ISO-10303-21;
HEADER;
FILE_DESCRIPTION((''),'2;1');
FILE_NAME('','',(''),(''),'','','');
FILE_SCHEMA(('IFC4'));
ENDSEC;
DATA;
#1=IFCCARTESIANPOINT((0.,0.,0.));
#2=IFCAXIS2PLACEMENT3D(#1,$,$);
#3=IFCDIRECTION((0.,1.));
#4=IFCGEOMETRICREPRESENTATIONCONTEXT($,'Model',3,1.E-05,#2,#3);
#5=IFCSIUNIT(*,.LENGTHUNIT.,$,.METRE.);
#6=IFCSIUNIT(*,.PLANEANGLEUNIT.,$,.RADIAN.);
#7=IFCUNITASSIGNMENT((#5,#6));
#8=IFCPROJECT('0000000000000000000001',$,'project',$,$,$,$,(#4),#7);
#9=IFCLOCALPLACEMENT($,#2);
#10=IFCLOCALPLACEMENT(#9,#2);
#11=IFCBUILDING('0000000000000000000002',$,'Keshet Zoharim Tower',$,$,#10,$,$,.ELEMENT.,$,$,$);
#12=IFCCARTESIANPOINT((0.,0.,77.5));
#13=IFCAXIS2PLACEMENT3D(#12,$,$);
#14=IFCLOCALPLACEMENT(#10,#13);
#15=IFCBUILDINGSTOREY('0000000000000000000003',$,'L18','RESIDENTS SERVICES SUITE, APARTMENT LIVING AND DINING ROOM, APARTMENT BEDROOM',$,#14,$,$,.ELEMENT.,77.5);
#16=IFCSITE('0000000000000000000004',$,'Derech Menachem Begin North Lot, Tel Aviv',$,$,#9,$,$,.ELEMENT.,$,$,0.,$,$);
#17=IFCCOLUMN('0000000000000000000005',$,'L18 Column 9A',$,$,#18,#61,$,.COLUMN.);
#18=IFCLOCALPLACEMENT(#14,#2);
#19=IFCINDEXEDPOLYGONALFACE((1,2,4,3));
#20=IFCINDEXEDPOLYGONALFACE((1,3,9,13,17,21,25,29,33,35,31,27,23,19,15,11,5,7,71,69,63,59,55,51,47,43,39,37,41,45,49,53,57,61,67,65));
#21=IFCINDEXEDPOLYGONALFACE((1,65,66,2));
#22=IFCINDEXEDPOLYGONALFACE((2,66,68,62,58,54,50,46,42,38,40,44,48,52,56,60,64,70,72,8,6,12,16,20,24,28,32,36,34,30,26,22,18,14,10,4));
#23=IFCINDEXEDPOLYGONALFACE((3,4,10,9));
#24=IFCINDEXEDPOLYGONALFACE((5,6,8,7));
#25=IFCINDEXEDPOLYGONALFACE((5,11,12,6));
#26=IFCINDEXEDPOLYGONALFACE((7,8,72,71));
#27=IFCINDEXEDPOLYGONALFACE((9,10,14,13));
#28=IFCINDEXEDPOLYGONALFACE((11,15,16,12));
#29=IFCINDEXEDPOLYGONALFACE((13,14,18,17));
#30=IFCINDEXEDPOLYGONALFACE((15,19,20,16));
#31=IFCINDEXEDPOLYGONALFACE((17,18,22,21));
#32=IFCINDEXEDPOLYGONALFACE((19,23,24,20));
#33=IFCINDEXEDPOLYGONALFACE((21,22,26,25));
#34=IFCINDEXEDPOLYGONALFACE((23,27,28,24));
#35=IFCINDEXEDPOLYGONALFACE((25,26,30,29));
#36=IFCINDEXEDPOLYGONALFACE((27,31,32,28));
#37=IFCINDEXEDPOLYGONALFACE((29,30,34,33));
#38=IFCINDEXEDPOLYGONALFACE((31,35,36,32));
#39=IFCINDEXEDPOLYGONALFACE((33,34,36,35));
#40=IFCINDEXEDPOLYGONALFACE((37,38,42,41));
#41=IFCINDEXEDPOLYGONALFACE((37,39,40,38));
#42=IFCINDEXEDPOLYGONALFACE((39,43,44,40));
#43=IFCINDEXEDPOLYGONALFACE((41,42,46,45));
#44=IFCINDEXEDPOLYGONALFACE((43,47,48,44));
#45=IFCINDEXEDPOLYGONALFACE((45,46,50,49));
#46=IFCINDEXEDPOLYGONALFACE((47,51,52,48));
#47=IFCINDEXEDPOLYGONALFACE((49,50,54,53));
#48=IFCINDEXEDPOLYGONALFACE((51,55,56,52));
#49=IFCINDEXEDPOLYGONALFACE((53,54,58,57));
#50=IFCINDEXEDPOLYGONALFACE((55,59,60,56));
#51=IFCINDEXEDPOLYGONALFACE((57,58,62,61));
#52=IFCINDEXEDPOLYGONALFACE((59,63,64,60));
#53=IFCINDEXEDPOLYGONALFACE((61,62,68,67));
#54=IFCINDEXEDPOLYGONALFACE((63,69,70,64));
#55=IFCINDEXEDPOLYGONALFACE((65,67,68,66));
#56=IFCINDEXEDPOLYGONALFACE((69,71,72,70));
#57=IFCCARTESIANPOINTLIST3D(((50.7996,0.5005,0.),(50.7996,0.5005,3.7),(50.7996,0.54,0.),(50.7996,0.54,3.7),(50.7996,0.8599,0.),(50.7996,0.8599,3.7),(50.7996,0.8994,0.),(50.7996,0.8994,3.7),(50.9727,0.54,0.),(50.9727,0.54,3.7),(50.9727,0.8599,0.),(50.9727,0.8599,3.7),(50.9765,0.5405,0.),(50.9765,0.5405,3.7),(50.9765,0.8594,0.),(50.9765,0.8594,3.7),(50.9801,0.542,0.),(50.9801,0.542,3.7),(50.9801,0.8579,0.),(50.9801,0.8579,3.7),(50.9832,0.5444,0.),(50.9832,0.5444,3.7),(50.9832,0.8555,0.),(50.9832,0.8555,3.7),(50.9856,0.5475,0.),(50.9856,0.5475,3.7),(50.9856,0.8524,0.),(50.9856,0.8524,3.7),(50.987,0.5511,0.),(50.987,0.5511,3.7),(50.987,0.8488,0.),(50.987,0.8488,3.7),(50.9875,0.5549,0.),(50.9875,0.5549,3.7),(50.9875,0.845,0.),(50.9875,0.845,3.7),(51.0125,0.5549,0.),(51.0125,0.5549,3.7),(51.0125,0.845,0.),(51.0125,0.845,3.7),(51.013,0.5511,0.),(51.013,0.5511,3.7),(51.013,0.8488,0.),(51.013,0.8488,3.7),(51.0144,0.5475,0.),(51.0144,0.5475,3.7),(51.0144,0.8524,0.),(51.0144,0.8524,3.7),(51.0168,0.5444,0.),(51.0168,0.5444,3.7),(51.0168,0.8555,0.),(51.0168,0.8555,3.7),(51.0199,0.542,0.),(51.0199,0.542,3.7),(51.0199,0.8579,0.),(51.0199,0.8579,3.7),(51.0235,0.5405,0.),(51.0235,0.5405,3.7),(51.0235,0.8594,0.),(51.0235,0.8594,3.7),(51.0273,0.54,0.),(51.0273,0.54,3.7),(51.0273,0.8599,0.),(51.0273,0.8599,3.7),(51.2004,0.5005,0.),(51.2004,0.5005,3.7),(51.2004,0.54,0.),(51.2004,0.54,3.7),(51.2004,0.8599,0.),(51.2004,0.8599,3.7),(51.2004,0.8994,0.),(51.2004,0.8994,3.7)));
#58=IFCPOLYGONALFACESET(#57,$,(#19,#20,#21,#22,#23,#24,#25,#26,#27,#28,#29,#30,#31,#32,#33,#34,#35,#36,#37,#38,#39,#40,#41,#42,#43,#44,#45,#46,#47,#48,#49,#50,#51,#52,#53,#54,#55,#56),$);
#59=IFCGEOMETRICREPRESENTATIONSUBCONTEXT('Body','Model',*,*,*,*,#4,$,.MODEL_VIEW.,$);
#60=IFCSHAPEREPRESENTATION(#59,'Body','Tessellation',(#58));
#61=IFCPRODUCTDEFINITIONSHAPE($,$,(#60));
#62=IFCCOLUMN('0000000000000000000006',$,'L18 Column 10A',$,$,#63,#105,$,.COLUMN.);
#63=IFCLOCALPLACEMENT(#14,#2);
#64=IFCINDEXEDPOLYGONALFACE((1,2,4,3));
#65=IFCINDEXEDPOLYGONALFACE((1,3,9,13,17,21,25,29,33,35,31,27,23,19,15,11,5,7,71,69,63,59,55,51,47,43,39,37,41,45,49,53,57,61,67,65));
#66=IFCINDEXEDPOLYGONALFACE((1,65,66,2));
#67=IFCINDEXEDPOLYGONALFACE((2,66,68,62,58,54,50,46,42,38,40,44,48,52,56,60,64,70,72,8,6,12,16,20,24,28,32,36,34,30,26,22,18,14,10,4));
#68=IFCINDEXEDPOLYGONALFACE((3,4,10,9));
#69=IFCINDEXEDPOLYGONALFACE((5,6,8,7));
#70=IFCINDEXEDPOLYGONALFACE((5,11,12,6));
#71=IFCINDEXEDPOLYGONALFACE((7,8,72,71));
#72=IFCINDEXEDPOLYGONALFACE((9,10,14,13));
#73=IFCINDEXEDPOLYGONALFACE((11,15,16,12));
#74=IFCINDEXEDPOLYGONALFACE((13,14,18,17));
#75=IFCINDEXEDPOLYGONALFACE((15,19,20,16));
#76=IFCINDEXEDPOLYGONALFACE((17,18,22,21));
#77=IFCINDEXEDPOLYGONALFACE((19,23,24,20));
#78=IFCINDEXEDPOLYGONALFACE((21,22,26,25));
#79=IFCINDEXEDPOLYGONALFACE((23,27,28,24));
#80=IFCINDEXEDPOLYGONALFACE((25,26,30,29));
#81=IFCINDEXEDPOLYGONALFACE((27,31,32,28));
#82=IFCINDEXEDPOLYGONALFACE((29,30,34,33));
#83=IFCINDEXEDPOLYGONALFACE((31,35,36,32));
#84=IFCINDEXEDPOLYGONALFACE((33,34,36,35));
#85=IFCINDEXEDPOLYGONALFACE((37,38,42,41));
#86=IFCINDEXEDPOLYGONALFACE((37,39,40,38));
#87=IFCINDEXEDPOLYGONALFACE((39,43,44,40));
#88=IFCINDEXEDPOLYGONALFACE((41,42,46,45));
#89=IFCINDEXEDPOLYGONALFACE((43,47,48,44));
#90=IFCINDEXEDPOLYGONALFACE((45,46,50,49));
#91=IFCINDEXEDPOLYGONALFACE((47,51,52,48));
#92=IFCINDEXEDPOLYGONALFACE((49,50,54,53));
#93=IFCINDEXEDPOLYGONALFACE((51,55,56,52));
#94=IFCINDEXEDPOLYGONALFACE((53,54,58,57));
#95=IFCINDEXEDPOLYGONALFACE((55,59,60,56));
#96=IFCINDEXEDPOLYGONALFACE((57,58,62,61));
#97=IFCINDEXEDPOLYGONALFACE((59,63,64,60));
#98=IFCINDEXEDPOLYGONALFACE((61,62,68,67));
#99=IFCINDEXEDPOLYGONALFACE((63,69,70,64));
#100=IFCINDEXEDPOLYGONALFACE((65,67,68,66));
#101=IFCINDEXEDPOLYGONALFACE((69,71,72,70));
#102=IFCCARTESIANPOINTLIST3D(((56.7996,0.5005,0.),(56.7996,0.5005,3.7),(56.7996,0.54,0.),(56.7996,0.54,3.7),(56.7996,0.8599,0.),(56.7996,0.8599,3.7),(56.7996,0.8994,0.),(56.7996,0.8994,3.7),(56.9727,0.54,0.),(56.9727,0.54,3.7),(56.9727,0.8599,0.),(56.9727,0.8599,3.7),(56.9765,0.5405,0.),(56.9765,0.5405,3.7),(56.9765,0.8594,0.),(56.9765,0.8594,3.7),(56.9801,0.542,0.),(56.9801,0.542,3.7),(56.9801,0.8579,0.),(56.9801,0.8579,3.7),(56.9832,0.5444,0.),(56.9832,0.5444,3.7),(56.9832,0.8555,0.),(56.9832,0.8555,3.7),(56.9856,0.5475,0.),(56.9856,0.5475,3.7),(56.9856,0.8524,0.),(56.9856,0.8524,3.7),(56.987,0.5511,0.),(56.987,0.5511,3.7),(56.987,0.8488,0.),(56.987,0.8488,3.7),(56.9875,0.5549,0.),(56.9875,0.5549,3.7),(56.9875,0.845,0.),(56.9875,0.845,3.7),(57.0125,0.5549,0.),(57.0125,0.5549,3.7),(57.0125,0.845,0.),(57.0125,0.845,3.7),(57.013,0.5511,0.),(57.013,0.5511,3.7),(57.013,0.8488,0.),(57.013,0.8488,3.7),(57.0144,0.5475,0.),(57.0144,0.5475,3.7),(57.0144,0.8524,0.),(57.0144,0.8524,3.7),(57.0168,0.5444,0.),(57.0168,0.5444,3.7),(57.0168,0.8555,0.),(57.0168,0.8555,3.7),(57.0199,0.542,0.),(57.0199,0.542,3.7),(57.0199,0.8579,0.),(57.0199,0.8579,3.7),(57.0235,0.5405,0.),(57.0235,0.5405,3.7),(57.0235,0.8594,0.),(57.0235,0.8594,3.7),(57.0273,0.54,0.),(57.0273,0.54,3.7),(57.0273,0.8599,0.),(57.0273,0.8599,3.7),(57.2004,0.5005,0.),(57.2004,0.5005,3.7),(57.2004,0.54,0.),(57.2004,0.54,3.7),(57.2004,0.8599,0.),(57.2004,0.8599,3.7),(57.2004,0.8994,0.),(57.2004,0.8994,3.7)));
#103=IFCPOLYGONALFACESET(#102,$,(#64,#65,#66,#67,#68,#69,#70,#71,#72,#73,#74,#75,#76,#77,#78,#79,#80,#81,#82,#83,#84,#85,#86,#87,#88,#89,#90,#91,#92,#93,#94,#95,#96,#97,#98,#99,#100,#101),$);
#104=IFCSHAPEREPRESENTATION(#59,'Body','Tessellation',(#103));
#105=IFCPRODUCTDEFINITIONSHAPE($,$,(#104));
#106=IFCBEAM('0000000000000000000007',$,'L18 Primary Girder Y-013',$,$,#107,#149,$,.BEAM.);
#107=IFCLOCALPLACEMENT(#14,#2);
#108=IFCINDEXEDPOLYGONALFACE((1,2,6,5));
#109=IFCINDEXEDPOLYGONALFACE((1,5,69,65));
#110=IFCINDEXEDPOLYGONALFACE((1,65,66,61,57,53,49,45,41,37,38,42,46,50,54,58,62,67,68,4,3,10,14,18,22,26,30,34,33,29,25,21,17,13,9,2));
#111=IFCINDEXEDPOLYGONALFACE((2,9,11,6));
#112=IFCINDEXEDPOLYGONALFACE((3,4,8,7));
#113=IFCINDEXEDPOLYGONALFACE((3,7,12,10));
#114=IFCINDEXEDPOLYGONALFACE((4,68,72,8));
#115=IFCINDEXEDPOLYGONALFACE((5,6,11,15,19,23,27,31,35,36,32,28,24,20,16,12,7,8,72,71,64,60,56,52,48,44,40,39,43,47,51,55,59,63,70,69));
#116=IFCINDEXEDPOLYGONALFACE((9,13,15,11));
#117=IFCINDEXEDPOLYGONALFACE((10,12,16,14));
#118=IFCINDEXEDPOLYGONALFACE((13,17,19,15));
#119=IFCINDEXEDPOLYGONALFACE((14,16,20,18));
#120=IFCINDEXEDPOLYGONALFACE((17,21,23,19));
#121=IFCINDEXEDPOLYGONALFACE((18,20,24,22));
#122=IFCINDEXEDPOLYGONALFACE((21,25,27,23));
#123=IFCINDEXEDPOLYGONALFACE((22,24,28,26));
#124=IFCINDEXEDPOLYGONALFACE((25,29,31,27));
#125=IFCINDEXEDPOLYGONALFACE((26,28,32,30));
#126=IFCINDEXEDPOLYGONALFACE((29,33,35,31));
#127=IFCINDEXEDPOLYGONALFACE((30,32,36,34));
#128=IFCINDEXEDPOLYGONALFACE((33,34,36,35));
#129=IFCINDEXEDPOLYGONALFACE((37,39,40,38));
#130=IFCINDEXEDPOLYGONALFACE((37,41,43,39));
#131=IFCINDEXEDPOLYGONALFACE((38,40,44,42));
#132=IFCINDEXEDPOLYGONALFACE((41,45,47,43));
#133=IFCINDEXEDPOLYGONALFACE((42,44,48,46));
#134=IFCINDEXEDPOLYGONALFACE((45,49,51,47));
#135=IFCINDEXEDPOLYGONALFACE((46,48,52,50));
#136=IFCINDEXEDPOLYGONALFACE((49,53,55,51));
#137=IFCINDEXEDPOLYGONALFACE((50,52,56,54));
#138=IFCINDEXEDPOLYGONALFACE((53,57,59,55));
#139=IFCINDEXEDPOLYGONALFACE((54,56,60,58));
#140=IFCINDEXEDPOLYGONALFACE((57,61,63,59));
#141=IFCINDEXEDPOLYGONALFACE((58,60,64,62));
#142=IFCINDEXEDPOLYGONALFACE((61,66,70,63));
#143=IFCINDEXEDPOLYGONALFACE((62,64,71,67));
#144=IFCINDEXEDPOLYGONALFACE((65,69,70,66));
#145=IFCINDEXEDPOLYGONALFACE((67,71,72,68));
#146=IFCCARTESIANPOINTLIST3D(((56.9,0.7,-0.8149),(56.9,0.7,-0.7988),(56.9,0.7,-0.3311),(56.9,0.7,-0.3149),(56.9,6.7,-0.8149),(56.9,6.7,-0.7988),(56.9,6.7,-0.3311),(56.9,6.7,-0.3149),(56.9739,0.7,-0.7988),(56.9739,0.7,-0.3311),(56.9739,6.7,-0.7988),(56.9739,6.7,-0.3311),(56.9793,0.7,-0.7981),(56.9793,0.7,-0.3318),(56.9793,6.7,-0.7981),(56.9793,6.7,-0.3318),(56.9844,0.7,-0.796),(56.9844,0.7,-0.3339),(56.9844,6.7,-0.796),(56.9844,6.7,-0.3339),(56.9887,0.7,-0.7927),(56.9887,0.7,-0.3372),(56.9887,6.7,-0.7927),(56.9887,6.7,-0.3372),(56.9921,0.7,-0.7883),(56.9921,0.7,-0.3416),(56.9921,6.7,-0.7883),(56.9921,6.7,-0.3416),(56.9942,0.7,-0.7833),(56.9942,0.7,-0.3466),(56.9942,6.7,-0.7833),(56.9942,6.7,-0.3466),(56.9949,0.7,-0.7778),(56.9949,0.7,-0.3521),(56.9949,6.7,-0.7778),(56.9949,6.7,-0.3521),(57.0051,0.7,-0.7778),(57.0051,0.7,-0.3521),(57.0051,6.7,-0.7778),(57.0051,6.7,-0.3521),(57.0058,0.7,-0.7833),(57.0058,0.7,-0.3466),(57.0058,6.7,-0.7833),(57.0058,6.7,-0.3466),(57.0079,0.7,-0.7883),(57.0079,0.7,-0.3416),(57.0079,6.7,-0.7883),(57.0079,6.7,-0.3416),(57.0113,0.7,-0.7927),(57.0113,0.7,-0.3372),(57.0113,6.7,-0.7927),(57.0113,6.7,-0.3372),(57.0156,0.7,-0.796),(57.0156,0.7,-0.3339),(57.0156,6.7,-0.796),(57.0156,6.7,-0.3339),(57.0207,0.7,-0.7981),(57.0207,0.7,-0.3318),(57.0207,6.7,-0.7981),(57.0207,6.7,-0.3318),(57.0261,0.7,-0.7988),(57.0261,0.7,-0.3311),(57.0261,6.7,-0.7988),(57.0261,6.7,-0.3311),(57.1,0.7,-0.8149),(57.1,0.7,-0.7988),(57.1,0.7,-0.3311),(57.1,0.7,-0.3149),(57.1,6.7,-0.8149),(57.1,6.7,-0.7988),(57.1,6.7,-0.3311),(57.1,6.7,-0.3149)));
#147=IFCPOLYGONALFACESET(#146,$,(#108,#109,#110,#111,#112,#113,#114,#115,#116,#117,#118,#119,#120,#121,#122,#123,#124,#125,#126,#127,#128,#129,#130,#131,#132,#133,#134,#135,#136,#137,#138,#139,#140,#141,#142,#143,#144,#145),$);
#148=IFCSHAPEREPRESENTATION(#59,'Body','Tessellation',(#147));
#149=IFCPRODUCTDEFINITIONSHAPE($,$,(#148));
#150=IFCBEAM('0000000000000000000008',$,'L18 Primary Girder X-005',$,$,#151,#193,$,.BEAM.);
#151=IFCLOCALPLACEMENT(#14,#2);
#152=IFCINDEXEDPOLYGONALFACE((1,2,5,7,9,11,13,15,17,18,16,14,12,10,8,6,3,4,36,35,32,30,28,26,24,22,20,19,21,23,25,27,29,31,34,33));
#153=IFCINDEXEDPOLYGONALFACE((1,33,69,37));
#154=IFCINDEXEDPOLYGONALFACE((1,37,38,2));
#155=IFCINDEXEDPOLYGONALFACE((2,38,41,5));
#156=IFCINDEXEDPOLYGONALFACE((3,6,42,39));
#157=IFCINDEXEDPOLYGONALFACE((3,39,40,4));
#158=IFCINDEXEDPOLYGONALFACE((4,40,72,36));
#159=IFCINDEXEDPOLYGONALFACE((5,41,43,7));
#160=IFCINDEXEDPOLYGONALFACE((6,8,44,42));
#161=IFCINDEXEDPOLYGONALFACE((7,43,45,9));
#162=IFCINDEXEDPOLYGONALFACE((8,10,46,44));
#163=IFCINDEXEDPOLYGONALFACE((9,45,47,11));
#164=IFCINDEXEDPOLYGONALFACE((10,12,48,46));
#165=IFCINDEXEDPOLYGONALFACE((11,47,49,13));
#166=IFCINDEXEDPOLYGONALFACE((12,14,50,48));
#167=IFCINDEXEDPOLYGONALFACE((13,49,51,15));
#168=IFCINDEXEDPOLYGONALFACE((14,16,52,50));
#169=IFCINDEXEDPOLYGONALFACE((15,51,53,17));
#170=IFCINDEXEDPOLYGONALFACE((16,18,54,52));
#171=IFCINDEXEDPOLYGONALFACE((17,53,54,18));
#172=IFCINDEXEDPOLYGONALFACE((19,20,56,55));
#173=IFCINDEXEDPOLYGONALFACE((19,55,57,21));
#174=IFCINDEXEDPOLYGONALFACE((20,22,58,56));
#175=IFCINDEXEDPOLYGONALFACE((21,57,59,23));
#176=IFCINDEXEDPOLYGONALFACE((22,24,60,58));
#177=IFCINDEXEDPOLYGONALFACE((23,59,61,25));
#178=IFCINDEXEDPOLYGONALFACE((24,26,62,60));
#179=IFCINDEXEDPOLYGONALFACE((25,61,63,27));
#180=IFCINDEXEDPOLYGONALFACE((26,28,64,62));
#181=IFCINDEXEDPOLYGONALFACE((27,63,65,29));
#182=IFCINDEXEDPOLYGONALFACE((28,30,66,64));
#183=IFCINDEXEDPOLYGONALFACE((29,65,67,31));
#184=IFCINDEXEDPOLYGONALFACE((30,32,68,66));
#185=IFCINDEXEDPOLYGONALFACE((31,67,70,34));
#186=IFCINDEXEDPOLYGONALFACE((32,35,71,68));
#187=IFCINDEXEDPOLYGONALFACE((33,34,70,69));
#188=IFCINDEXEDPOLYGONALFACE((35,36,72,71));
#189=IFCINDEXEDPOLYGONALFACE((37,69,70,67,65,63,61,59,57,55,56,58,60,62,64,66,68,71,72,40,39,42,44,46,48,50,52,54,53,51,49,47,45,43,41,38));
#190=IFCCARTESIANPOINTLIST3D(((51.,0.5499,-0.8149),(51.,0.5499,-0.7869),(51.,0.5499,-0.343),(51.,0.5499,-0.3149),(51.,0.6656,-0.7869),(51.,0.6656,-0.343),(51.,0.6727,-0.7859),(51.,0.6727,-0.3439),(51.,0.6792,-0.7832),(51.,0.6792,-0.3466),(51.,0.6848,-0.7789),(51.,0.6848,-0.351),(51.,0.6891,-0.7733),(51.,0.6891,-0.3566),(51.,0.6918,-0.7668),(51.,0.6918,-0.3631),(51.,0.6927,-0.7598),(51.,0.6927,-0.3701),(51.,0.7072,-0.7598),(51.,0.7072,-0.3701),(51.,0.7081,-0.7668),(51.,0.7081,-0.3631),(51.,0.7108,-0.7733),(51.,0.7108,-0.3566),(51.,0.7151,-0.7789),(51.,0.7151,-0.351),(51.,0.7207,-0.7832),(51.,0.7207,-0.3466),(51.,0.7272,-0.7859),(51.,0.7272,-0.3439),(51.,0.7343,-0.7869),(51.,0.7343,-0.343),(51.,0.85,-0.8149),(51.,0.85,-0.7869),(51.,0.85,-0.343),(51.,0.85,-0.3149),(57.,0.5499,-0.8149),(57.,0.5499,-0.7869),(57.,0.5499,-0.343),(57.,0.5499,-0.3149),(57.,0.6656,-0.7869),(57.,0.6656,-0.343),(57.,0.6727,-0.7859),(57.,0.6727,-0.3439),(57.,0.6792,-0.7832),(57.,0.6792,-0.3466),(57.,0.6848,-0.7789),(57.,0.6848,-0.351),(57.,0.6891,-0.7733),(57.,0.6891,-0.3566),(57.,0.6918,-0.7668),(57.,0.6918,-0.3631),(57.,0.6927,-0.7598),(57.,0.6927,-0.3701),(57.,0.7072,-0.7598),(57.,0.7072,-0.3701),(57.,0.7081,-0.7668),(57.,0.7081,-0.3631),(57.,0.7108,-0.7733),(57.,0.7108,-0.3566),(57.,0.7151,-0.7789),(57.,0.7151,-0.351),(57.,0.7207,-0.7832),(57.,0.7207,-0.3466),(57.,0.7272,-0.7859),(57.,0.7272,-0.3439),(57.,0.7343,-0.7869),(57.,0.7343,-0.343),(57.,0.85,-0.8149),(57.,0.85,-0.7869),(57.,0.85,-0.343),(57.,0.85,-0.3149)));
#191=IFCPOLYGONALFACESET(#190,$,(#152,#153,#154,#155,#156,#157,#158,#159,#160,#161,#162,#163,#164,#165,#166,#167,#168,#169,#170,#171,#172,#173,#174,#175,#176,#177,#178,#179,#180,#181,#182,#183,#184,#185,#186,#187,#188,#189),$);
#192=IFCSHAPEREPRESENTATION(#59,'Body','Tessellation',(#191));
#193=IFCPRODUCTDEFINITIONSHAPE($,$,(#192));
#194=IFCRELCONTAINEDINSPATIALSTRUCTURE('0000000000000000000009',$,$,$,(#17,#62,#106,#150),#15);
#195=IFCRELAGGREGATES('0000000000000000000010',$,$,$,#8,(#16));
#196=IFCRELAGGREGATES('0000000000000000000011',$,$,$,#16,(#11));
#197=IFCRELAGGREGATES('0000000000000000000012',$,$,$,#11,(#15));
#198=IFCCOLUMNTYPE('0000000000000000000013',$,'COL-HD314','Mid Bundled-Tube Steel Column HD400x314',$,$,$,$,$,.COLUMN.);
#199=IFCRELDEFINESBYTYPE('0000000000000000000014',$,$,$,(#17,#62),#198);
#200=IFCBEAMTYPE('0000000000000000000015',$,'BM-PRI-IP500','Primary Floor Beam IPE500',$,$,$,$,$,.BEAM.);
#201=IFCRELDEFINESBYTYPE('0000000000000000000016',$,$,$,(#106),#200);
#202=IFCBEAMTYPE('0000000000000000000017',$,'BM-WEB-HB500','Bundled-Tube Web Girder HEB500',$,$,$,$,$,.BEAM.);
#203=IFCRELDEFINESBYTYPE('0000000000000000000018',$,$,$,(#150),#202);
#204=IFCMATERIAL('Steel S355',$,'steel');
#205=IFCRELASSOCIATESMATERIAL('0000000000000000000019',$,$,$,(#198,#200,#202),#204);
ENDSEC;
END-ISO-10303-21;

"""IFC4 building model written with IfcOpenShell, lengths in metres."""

from ifc_helpers import new_model, si_unit, direction, frame, origin, origin_2d, place, context, subcontext, project, spatial, i_section, extrude, material, material_profile, profile_set, type_object, element, save


model = new_model("IFC4")

# Units and contexts
model_context = context("Model", 3, precision=1e-05, world=origin(), true_north=direction((0.0, 1.0)))
body_context = subcontext(model_context, "Body", "Model", "MODEL_VIEW")
ifc_project = project(units=[si_unit("LENGTHUNIT", "METRE"), si_unit("PLANEANGLEUNIT", "RADIAN")], contexts=[model_context])

# Site, building, storey
site_placement = place(None, origin())
site = spatial("IfcSite", under=ifc_project, at=site_placement, Name="Derech Menachem Begin North Lot, Tel Aviv", CompositionType="ELEMENT", RefElevation=0.0)
building_placement = place(site_placement, origin())
building = spatial("IfcBuilding", under=site, at=building_placement, Name="Keshet Zoharim Tower", CompositionType="ELEMENT")
storey_placement = place(building_placement, frame((0.0, 0.0, 77.5)))
storey = spatial("IfcBuildingStorey", under=building, at=storey_placement, Name="L18", Description="RESIDENTS SERVICES SUITE, APARTMENT LIVING AND DINING ROOM, APARTMENT BEDROOM", CompositionType="ELEMENT", Elevation=77.5)

# Columns
ifc_material_1 = material(Name="Steel S355", Category="steel")
ifc_material_profile_1 = material_profile(ifc_material_1, i_section(OverallWidth=0.4009, OverallDepth=0.3989, WebThickness=0.0249, FlangeThickness=0.0396, FilletRadius=0.0149, at=origin_2d()), Name="HD400x314")
ifc_profile_set_1 = profile_set([ifc_material_profile_1], Name="Steel S355")
column_type = type_object("IfcColumnType", Name="COL-HD314", Description="Mid Bundled-Tube Steel Column HD400x314", PredefinedType="COLUMN", material=ifc_profile_set_1)
for number, where, z_axis, x_axis, name in (
    (1, (51.0, 0.7, 0.0), (0.0, 0.0, 1.0), (1.0, 0.0, 0.0), "L18 Column 9A"),
    (2, (57.0, 0.7, 0.0), (0.0, 0.0, 1.0), (1.0, 0.0, 0.0), "L18 Column 10A"),
):
    element("IfcColumn", number, at=place(storey_placement, frame(where, z_axis=z_axis, x_axis=x_axis)), inside=storey, type_object=column_type, Name=name, PredefinedType="COLUMN", context=body_context, shape_type="SweptSolid", body=[
        extrude(i_section(OverallWidth=0.4009, OverallDepth=0.3989, WebThickness=0.0249, FlangeThickness=0.0396, FilletRadius=0.0149, at=origin_2d()), origin(), (0.0, 0.0, 1.0), 3.7),
    ])

# Beams
ifc_material_profile_2 = material_profile(ifc_material_1, i_section(OverallWidth=0.2, OverallDepth=0.5, WebThickness=0.0103, FlangeThickness=0.0161, FilletRadius=0.021, at=origin_2d()), Name="IPE500")
ifc_profile_set_2 = profile_set([ifc_material_profile_2], Name="Steel S355")
beam_type_1 = type_object("IfcBeamType", Name="BM-PRI-IP500", Description="Primary Floor Beam IPE500", PredefinedType="BEAM", material=ifc_profile_set_2)
beam_1_placement = place(storey_placement, frame((57.0, 0.7, -0.5649), z_axis=(0.0, 1.0, 0.0), x_axis=(-1.0, 0.0, 0.0)))
element("IfcBeam", 3, at=beam_1_placement, inside=storey, type_object=beam_type_1, Name="L18 Primary Girder Y-013", PredefinedType="BEAM", context=body_context, shape_type="SweptSolid", body=[
    extrude(i_section(OverallWidth=0.2, OverallDepth=0.5, WebThickness=0.0103, FlangeThickness=0.0161, FilletRadius=0.021, at=origin_2d()), origin(), (0.0, 0.0, 1.0), 6.0),
])
ifc_material_profile_3 = material_profile(ifc_material_1, i_section(OverallWidth=0.3, OverallDepth=0.5, WebThickness=0.0144, FlangeThickness=0.0281, FilletRadius=0.0271, at=origin_2d()), Name="HEB500")
ifc_profile_set_3 = profile_set([ifc_material_profile_3], Name="Steel S355")
beam_type_2 = type_object("IfcBeamType", Name="BM-WEB-HB500", Description="Bundled-Tube Web Girder HEB500", PredefinedType="BEAM", material=ifc_profile_set_3)
beam_2_placement = place(storey_placement, frame((51.0, 0.7, -0.5649), z_axis=(1.0, 0.0, 0.0), x_axis=(0.0, 1.0, 0.0)))
element("IfcBeam", 4, at=beam_2_placement, inside=storey, type_object=beam_type_2, Name="L18 Primary Girder X-005", PredefinedType="BEAM", context=body_context, shape_type="SweptSolid", body=[
    extrude(i_section(OverallWidth=0.3, OverallDepth=0.5, WebThickness=0.0144, FlangeThickness=0.0281, FilletRadius=0.0271, at=origin_2d()), origin(), (0.0, 0.0, 1.0), 6.0),
])

save(model, "model.ifc")
